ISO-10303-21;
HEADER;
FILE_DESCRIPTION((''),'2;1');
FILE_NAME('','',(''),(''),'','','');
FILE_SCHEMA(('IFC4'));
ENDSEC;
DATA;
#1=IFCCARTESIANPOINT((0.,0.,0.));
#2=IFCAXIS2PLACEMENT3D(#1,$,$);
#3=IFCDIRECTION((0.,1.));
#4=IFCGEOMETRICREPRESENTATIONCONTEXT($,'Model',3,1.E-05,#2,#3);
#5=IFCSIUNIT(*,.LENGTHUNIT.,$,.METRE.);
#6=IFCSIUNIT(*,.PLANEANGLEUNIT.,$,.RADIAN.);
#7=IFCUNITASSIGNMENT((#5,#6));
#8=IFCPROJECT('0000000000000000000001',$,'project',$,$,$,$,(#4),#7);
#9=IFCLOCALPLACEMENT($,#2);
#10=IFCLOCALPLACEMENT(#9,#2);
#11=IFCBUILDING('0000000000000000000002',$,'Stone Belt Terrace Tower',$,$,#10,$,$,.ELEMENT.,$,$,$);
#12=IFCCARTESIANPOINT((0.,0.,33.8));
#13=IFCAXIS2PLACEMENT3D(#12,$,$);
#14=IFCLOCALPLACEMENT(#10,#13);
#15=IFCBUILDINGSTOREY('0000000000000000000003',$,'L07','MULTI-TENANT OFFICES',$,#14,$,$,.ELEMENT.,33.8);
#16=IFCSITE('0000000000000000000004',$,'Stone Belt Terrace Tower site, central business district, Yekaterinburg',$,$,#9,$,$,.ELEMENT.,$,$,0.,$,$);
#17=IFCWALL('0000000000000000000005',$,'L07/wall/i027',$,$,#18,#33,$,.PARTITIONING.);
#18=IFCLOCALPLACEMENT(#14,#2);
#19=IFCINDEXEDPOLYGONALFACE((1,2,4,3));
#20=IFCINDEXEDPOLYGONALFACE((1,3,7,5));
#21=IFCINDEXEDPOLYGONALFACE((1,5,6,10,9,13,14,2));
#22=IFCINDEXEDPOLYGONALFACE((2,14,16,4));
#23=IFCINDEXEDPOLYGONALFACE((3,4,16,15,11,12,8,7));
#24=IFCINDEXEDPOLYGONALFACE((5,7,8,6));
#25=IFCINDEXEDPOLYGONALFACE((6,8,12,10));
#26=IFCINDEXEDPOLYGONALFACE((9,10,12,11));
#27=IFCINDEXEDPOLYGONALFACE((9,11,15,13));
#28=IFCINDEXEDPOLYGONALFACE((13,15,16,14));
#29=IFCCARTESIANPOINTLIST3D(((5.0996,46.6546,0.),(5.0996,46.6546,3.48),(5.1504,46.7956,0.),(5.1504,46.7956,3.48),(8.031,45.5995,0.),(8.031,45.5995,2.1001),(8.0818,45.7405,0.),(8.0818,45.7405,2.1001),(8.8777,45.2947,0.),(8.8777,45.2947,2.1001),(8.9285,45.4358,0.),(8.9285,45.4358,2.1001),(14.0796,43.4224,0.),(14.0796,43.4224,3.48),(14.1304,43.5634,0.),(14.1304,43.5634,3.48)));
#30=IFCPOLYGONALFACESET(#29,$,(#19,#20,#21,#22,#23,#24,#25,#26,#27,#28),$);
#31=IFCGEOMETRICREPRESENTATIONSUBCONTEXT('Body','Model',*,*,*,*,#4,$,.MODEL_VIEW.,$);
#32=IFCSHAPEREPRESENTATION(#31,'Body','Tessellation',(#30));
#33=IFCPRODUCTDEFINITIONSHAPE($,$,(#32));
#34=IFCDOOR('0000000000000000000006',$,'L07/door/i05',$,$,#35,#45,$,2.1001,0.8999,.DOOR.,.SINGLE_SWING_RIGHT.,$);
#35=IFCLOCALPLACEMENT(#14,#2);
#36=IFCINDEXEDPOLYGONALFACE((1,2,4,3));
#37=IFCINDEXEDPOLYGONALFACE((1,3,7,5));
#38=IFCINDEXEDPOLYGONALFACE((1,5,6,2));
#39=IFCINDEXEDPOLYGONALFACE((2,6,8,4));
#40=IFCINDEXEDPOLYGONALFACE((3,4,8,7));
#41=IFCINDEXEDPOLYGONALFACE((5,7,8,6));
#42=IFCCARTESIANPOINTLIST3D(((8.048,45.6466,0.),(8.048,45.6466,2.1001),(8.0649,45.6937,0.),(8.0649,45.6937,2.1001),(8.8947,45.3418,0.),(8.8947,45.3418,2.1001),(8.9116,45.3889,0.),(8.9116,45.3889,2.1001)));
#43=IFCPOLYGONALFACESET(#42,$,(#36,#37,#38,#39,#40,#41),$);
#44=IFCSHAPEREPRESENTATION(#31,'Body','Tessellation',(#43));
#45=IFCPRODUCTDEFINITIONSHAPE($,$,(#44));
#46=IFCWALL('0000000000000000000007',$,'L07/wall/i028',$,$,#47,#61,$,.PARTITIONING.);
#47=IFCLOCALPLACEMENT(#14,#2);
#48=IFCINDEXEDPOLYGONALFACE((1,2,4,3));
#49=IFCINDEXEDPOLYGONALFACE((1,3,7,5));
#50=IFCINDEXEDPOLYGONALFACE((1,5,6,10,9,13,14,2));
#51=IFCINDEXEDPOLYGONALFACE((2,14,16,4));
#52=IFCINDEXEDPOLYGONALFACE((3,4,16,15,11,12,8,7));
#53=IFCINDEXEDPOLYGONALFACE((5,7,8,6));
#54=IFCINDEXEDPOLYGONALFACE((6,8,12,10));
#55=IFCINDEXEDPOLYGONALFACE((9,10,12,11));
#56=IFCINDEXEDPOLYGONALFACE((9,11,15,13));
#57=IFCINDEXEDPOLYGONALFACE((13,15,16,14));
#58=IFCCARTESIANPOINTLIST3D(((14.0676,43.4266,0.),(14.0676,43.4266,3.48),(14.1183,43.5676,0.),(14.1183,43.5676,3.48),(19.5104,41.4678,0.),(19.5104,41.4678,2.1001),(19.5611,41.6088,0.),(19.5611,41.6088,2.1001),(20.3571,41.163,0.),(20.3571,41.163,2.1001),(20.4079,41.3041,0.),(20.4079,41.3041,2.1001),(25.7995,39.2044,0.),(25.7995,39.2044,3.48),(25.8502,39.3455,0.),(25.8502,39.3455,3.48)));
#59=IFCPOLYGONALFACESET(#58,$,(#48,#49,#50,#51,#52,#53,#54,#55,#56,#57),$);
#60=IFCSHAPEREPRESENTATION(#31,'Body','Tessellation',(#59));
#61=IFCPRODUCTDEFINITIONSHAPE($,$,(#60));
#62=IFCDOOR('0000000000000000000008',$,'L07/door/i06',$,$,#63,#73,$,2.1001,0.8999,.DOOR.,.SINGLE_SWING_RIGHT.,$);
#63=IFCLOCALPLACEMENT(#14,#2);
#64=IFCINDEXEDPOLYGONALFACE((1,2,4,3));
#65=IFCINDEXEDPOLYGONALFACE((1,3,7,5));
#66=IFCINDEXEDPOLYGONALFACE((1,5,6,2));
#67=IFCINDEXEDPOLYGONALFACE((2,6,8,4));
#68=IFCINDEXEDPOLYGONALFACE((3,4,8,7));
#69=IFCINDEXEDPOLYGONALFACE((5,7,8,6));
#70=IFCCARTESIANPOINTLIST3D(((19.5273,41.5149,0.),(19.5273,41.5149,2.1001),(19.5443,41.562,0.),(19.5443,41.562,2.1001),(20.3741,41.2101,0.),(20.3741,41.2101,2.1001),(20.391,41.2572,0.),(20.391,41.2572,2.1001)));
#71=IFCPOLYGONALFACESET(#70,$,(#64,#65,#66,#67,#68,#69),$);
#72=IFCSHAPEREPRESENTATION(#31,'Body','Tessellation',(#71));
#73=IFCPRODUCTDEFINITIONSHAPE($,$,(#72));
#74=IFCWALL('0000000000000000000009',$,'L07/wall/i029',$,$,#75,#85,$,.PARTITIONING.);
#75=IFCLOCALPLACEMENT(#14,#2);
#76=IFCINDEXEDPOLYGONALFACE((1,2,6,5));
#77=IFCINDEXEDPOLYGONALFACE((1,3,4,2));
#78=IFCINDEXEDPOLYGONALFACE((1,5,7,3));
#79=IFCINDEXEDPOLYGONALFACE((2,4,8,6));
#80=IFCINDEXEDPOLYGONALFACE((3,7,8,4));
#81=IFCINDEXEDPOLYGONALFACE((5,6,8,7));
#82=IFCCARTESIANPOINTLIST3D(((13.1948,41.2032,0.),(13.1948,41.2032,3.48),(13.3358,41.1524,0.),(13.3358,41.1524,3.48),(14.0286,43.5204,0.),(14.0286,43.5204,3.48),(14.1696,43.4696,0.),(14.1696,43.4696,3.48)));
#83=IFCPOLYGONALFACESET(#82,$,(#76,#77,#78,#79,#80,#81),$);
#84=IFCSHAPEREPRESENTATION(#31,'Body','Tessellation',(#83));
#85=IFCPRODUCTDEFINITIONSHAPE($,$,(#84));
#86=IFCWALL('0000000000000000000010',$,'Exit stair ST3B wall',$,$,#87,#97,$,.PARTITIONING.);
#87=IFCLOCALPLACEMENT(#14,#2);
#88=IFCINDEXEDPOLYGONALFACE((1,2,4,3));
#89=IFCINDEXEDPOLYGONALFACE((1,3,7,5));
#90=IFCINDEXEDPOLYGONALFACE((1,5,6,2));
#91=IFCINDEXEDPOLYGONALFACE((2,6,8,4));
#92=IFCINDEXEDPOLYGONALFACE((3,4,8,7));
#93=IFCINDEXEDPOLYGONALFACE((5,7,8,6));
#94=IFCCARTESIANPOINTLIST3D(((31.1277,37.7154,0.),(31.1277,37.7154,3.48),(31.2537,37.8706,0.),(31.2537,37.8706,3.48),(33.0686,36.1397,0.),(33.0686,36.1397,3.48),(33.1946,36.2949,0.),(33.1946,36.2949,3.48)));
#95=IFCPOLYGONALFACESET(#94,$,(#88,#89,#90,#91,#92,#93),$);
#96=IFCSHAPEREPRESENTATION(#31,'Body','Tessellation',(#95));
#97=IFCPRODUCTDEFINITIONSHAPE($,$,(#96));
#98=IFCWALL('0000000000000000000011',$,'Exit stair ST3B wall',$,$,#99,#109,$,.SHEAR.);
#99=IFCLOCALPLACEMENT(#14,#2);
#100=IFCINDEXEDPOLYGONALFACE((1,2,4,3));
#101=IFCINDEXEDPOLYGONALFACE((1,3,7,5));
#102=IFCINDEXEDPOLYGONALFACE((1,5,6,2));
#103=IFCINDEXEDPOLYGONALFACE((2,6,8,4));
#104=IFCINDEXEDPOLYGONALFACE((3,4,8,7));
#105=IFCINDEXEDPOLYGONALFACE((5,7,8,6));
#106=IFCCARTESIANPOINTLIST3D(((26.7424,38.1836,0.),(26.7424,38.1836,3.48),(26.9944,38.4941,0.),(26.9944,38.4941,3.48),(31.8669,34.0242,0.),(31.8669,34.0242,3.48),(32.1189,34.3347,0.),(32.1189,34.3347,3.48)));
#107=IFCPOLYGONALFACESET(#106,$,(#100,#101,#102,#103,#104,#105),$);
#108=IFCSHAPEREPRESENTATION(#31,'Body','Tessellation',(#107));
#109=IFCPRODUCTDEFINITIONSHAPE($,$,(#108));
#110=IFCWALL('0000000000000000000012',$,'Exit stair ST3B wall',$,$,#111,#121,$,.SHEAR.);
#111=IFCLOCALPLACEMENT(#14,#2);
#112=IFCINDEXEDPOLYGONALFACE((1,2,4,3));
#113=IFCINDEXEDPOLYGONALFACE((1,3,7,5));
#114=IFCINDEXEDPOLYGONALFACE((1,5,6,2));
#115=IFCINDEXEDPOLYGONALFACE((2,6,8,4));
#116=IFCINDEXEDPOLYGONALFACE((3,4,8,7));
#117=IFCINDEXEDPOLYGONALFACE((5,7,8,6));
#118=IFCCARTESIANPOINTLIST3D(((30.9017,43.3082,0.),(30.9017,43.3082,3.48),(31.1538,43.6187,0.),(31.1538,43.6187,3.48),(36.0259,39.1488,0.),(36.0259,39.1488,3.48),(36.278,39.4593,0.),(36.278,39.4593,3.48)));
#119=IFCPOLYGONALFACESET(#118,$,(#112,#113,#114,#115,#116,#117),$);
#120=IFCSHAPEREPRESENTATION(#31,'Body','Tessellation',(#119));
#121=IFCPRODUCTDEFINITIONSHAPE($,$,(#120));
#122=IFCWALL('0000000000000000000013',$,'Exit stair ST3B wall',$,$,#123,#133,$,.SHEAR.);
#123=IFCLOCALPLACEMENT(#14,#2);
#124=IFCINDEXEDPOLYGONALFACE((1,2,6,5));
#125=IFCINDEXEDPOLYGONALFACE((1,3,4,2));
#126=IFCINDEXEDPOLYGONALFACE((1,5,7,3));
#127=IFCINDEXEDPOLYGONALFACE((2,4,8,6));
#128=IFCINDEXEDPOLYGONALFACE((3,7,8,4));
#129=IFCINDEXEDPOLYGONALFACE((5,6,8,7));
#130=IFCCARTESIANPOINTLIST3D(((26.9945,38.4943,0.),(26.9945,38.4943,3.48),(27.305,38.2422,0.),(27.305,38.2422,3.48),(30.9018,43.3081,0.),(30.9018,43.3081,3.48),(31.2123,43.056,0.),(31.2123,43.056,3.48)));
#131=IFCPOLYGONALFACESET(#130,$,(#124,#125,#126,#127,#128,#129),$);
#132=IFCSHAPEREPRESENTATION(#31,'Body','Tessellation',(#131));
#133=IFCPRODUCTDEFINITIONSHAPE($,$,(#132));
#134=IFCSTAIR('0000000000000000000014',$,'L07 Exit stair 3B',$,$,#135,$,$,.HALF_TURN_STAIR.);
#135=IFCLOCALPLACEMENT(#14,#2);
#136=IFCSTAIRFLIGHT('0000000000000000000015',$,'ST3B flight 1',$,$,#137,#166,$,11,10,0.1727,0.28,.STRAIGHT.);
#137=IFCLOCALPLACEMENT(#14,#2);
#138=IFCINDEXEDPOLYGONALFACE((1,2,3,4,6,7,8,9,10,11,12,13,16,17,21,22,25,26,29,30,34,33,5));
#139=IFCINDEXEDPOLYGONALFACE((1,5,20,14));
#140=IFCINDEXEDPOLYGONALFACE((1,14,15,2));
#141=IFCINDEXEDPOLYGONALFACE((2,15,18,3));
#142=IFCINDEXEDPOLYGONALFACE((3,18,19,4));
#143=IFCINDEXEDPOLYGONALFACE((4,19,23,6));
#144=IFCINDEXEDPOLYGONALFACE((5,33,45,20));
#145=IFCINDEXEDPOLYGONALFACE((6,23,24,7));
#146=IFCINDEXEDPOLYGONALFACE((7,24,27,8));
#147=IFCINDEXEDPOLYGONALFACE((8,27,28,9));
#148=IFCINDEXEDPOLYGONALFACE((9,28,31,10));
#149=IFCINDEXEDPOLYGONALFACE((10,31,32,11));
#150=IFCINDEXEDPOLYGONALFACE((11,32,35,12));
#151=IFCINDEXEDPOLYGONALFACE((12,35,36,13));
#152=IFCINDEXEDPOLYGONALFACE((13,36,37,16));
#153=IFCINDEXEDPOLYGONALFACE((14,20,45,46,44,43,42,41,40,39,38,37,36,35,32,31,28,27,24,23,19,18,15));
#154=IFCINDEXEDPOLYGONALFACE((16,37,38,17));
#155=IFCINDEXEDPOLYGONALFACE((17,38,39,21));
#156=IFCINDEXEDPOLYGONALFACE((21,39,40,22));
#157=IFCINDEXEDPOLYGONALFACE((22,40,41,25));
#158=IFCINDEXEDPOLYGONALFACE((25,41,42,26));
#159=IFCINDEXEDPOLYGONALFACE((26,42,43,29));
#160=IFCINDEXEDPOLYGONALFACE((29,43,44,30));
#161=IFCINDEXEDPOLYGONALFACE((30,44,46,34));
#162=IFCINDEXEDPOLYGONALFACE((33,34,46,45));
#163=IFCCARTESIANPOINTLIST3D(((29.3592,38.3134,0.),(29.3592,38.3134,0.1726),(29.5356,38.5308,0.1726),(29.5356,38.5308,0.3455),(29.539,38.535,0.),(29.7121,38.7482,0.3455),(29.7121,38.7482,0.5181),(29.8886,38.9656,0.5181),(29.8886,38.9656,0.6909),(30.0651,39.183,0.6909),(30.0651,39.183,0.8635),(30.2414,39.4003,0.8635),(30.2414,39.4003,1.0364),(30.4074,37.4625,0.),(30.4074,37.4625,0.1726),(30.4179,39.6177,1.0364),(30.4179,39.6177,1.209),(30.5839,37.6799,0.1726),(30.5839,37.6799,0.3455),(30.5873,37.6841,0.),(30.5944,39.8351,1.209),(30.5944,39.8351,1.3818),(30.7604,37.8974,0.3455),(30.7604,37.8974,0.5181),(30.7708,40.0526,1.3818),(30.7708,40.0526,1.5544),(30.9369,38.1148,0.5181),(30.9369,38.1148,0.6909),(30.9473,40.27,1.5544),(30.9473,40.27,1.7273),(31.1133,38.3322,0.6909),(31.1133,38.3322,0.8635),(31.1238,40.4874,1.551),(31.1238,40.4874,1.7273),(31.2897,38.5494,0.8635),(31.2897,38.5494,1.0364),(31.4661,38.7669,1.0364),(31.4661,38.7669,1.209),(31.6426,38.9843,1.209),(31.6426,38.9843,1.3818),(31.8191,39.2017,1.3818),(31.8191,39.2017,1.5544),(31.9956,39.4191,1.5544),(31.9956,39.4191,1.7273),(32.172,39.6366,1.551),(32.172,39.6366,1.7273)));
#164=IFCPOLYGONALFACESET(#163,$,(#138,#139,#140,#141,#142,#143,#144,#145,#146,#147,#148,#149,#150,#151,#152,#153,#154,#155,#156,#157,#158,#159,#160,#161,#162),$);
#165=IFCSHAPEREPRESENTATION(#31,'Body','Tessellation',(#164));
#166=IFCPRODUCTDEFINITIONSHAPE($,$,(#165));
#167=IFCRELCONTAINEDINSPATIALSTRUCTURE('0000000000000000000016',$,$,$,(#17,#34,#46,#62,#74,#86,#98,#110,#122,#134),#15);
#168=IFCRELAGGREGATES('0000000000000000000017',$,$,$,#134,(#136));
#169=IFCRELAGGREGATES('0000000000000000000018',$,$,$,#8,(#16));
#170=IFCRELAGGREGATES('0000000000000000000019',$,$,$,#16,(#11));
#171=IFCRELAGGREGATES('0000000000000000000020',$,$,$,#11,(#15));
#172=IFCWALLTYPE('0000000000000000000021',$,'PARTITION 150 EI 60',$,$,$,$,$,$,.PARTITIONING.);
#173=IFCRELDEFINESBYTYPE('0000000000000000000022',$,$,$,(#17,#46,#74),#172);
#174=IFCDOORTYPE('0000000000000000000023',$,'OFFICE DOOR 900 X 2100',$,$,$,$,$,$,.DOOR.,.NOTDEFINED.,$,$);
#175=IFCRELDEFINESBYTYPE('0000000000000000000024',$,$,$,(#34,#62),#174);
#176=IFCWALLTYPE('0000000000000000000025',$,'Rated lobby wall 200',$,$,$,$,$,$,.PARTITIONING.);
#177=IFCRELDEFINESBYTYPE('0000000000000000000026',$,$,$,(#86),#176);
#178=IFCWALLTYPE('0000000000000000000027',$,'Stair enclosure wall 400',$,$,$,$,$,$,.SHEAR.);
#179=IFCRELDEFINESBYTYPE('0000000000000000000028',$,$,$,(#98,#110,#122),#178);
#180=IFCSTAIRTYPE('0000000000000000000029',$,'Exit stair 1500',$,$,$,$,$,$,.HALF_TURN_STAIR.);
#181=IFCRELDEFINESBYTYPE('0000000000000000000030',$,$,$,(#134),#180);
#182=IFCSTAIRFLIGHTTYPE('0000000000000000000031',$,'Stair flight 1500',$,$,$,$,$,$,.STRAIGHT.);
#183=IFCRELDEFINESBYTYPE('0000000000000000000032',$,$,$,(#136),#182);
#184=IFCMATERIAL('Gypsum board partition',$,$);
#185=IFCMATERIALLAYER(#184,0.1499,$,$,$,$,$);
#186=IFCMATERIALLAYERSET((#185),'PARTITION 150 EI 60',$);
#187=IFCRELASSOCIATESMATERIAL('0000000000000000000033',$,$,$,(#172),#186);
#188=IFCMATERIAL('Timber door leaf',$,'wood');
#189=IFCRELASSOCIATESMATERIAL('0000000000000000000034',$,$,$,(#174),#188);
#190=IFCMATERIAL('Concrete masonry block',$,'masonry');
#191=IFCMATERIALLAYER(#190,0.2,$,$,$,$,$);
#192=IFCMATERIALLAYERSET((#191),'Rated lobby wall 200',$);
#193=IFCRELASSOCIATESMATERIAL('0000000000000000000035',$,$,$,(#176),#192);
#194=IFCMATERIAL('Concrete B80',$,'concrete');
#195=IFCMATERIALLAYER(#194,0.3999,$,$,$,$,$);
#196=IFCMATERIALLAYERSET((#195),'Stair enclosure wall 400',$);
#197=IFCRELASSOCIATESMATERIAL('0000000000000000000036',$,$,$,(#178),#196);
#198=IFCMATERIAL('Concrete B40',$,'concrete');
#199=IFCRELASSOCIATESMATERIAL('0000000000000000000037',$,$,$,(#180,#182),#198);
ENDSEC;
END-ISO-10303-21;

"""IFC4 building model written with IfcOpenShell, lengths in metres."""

from ifc_helpers import new_model, si_unit, direction, frame, frame_2d, origin, place, context, subcontext, project, spatial, polyline, rectangle, outline, extrude, material, layer, layer_set, type_object, element, fill, aggregate, save


model = new_model("IFC4")

# Units and contexts
model_context = context("Model", 3, precision=1e-05, world=origin(), true_north=direction((0.0, 1.0)))
body_context = subcontext(model_context, "Body", "Model", "MODEL_VIEW")
ifc_project = project(units=[si_unit("LENGTHUNIT", "METRE"), si_unit("PLANEANGLEUNIT", "RADIAN")], contexts=[model_context])

# Site, building, storey
site_placement = place(None, origin())
site = spatial("IfcSite", under=ifc_project, at=site_placement, Name="Stone Belt Terrace Tower site, central business district, Yekaterinburg", CompositionType="ELEMENT", RefElevation=0.0)
building_placement = place(site_placement, origin())
building = spatial("IfcBuilding", under=site, at=building_placement, Name="Stone Belt Terrace Tower", CompositionType="ELEMENT")
storey_placement = place(building_placement, frame((0.0, 0.0, 33.8)))
storey = spatial("IfcBuildingStorey", under=building, at=storey_placement, Name="L07", Description="MULTI-TENANT OFFICES", CompositionType="ELEMENT", Elevation=33.8)

# Shared definitions
ifc_material_1 = material(Name="Concrete B80", Category="concrete")

# Walls, openings, doors
ifc_material_2 = material(Name="Timber door leaf", Category="wood")
ifc_material_3 = material(Name="Gypsum board partition")
ifc_layer_1 = layer(ifc_material_3, 0.1499)
ifc_layer_set_1 = layer_set([ifc_layer_1], Name="PARTITION 150 EI 60")
wall_type_1 = type_object("IfcWallType", Name="PARTITION 150 EI 60", PredefinedType="PARTITIONING", material=ifc_layer_set_1)
wall_1_placement = place(storey_placement, frame((14.105, 43.4929, 0.0), z_axis=(0.0, 0.0, 1.0), x_axis=(-0.940908, 0.338662, 0.0)))
wall_1 = element("IfcWall", 1, at=wall_1_placement, inside=storey, type_object=wall_type_1, Name="L07/wall/i027", PredefinedType="PARTITIONING", context=body_context, shape_type="SweptSolid", body=[
    extrude(rectangle(XDim=9.5439, YDim=0.1499, at=frame_2d((4.772, 0.0))), origin(), (0.0, 0.0, 1.0), 3.48),
])
opening_1_placement = place(wall_1_placement, frame((5.5286, 0.0, 0.0)))
opening_1 = element("IfcOpeningElement", 2, at=opening_1_placement, cuts=wall_1, PredefinedType="OPENING", context=body_context, shape_type="SweptSolid", body=[
    extrude(rectangle(XDim=0.8999, YDim=2.1001, at=frame_2d((0.45, 1.05))), frame((0.0, 0.085, 0.0), z_axis=(0.0, -1.0, 0.0), x_axis=(1.0, 0.0, 0.0)), (0.0, 0.0, 1.0), 0.1699),
])
door_type_1 = type_object("IfcDoorType", Name="OFFICE DOOR 900 X 2100", OperationType="NOTDEFINED", PredefinedType="DOOR", material=ifc_material_2)
door_1_placement = place(opening_1_placement, origin())
door_1 = element("IfcDoor", 3, at=door_1_placement, inside=storey, type_object=door_type_1, Name="L07/door/i05", OperationType="SINGLE_SWING_RIGHT", OverallHeight=2.1001, OverallWidth=0.8999, PredefinedType="DOOR", context=body_context, shape_type="SweptSolid", body=[
    extrude(rectangle(XDim=0.8999, YDim=2.1001, at=frame_2d((0.45, 1.05))), frame((0.0, 0.0249, 0.0), z_axis=(0.0, -1.0, 0.0), x_axis=(1.0, 0.0, 0.0)), (0.0, 0.0, 1.0), 0.05),
])
fill(opening_1, door_1)
wall_2_placement = place(storey_placement, frame((25.825, 39.2749, 0.0), z_axis=(0.0, 0.0, 1.0), x_axis=(-0.940921, 0.338625, 0.0)))
wall_2 = element("IfcWall", 4, at=wall_2_placement, inside=storey, type_object=wall_type_1, Name="L07/wall/i028", PredefinedType="PARTITIONING", context=body_context, shape_type="SweptSolid", body=[
    extrude(rectangle(XDim=12.4685, YDim=0.1499, at=frame_2d((6.2344, 0.0))), origin(), (0.0, 0.0, 1.0), 3.48),
])
opening_2_placement = place(wall_2_placement, frame((5.7842, 0.0, 0.0)))
opening_2 = element("IfcOpeningElement", 5, at=opening_2_placement, cuts=wall_2, PredefinedType="OPENING", context=body_context, shape_type="SweptSolid", body=[
    extrude(rectangle(XDim=0.8999, YDim=2.1001, at=frame_2d((0.45, 1.05))), frame((0.0, 0.085, 0.0), z_axis=(0.0, -1.0, 0.0), x_axis=(1.0, 0.0, 0.0)), (0.0, 0.0, 1.0), 0.1699),
])
door_2_placement = place(opening_2_placement, origin())
door_2 = element("IfcDoor", 6, at=door_2_placement, inside=storey, type_object=door_type_1, Name="L07/door/i06", OperationType="SINGLE_SWING_RIGHT", OverallHeight=2.1001, OverallWidth=0.8999, PredefinedType="DOOR", context=body_context, shape_type="SweptSolid", body=[
    extrude(rectangle(XDim=0.8999, YDim=2.1001, at=frame_2d((0.45, 1.05))), frame((0.0, 0.0249, 0.0), z_axis=(0.0, -1.0, 0.0), x_axis=(1.0, 0.0, 0.0)), (0.0, 0.0, 1.0), 0.05),
])
fill(opening_2, door_2)

# Walls
wall_3_placement = place(storey_placement, frame((14.0991, 43.4951, 0.0), z_axis=(0.0, 0.0, 1.0), x_axis=(-0.338565, -0.940943, 0.0)))
element("IfcWall", 7, at=wall_3_placement, inside=storey, type_object=wall_type_1, Name="L07/wall/i029", PredefinedType="PARTITIONING", context=body_context, shape_type="SweptSolid", body=[
    extrude(rectangle(XDim=2.4626, YDim=0.1499, at=frame_2d((1.2314, 0.0))), origin(), (0.0, 0.0, 1.0), 3.48),
])
ifc_material_4 = material(Name="Concrete masonry block", Category="masonry")
ifc_layer_2 = layer(ifc_material_4, 0.2)
ifc_layer_set_2 = layer_set([ifc_layer_2], Name="Rated lobby wall 200")
wall_type_2 = type_object("IfcWallType", Name="Rated lobby wall 200", PredefinedType="PARTITIONING", material=ifc_layer_set_2)
wall_4_placement = place(storey_placement, frame((31.1907, 37.793, 0.0), z_axis=(0.0, 0.0, 1.0), x_axis=(0.776371, -0.630276, 0.0)))
element("IfcWall", 8, at=wall_4_placement, inside=storey, type_object=wall_type_2, Name="Exit stair ST3B wall", PredefinedType="PARTITIONING", context=body_context, shape_type="SweptSolid", body=[
    extrude(rectangle(XDim=2.5, YDim=0.2, at=frame_2d((1.25, 0.0))), origin(), (0.0, 0.0, 1.0), 3.48),
])
ifc_layer_3 = layer(ifc_material_1, 0.3999)
ifc_layer_set_3 = layer_set([ifc_layer_3], Name="Stair enclosure wall 400")
wall_type_3 = type_object("IfcWallType", Name="Stair enclosure wall 400", PredefinedType="SHEAR", material=ifc_layer_set_3)
wall_5_placement = place(storey_placement, frame((26.8684, 38.3389, 0.0), z_axis=(0.0, 0.0, 1.0), x_axis=(0.776428, -0.630205, 0.0)))
element("IfcWall", 9, at=wall_5_placement, inside=storey, type_object=wall_type_3, Name="Exit stair ST3B wall", PredefinedType="SHEAR", context=body_context, shape_type="SweptSolid", body=[
    extrude(rectangle(XDim=6.6001, YDim=0.3999, at=frame_2d((3.3, 0.0))), origin(), (0.0, 0.0, 1.0), 3.48),
])
wall_6_placement = place(storey_placement, frame((31.0278, 43.4634, 0.0), z_axis=(0.0, 0.0, 1.0), x_axis=(0.776414, -0.630224, 0.0)))
element("IfcWall", 10, at=wall_6_placement, inside=storey, type_object=wall_type_3, Name="Exit stair ST3B wall", PredefinedType="SHEAR", context=body_context, shape_type="SweptSolid", body=[
    extrude(rectangle(XDim=6.5999, YDim=0.3999, at=frame_2d((3.2998, 0.0))), origin(), (0.0, 0.0, 1.0), 3.48),
])
wall_7_placement = place(storey_placement, frame((27.1497, 38.3682, 0.0), z_axis=(0.0, 0.0, 1.0), x_axis=(0.630212, 0.776423, 0.0)))
element("IfcWall", 11, at=wall_7_placement, inside=storey, type_object=wall_type_3, Name="Exit stair ST3B wall", PredefinedType="SHEAR", context=body_context, shape_type="SweptSolid", body=[
    extrude(rectangle(XDim=6.2, YDim=0.3999, at=frame_2d((3.1001, 0.0))), origin(), (0.0, 0.0, 1.0), 3.48),
])

# Stair, stair flight
ifc_material_5 = material(Name="Concrete B40", Category="concrete")
stair_type = type_object("IfcStairType", Name="Exit stair 1500", PredefinedType="HALF_TURN_STAIR", material=ifc_material_5)
stair_placement = place(storey_placement, origin())
stair = element("IfcStair", 12, at=stair_placement, inside=storey, type_object=stair_type, Name="L07 Exit stair 3B", PredefinedType="HALF_TURN_STAIR")
stair_flight_type = type_object("IfcStairFlightType", Name="Stair flight 1500", PredefinedType="STRAIGHT", material=ifc_material_5)
stair_flight_1_placement = place(storey_placement, frame((29.8833, 37.8879, 0.0), z_axis=(0.0, 0.0, 1.0), x_axis=(0.630206, 0.776428, 0.0)))
stair_flight_1 = element("IfcStairFlight", 13, at=stair_flight_1_placement, type_object=stair_flight_type, Name="ST3B flight 1", NumberOfRisers=11, NumberOfTreads=10, PredefinedType="STRAIGHT", RiserHeight=0.1727, TreadLength=0.28, context=body_context, shape_type="SweptSolid", body=[
    extrude(outline(polyline([(0.0, 0.0), (0.0, 0.1726), (0.28, 0.1726), (0.28, 0.3455), (0.5601, 0.3455), (0.5601, 0.5181), (0.8401, 0.5181), (0.8401, 0.6909), (1.1201, 0.6909), (1.1201, 0.8635), (1.3999, 0.8635), (1.3999, 1.0364), (1.6799, 1.0364), (1.6799, 1.209), (1.96, 1.209), (1.96, 1.3818), (2.24, 1.3818), (2.24, 1.5544), (2.52, 1.5544), (2.52, 1.7273), (2.8, 1.7273), (2.8, 1.8999), (2.8, 1.551), (0.2854, 0.0), (0.0, 0.0)])), frame((0.0, 0.675, 0.0), z_axis=(0.0, -1.0, 0.0), x_axis=(1.0, 0.0, 0.0)), (0.0, 0.0, 1.0), 1.3501),
])
aggregate(stair, [stair_flight_1])

save(model, "model.ifc")
